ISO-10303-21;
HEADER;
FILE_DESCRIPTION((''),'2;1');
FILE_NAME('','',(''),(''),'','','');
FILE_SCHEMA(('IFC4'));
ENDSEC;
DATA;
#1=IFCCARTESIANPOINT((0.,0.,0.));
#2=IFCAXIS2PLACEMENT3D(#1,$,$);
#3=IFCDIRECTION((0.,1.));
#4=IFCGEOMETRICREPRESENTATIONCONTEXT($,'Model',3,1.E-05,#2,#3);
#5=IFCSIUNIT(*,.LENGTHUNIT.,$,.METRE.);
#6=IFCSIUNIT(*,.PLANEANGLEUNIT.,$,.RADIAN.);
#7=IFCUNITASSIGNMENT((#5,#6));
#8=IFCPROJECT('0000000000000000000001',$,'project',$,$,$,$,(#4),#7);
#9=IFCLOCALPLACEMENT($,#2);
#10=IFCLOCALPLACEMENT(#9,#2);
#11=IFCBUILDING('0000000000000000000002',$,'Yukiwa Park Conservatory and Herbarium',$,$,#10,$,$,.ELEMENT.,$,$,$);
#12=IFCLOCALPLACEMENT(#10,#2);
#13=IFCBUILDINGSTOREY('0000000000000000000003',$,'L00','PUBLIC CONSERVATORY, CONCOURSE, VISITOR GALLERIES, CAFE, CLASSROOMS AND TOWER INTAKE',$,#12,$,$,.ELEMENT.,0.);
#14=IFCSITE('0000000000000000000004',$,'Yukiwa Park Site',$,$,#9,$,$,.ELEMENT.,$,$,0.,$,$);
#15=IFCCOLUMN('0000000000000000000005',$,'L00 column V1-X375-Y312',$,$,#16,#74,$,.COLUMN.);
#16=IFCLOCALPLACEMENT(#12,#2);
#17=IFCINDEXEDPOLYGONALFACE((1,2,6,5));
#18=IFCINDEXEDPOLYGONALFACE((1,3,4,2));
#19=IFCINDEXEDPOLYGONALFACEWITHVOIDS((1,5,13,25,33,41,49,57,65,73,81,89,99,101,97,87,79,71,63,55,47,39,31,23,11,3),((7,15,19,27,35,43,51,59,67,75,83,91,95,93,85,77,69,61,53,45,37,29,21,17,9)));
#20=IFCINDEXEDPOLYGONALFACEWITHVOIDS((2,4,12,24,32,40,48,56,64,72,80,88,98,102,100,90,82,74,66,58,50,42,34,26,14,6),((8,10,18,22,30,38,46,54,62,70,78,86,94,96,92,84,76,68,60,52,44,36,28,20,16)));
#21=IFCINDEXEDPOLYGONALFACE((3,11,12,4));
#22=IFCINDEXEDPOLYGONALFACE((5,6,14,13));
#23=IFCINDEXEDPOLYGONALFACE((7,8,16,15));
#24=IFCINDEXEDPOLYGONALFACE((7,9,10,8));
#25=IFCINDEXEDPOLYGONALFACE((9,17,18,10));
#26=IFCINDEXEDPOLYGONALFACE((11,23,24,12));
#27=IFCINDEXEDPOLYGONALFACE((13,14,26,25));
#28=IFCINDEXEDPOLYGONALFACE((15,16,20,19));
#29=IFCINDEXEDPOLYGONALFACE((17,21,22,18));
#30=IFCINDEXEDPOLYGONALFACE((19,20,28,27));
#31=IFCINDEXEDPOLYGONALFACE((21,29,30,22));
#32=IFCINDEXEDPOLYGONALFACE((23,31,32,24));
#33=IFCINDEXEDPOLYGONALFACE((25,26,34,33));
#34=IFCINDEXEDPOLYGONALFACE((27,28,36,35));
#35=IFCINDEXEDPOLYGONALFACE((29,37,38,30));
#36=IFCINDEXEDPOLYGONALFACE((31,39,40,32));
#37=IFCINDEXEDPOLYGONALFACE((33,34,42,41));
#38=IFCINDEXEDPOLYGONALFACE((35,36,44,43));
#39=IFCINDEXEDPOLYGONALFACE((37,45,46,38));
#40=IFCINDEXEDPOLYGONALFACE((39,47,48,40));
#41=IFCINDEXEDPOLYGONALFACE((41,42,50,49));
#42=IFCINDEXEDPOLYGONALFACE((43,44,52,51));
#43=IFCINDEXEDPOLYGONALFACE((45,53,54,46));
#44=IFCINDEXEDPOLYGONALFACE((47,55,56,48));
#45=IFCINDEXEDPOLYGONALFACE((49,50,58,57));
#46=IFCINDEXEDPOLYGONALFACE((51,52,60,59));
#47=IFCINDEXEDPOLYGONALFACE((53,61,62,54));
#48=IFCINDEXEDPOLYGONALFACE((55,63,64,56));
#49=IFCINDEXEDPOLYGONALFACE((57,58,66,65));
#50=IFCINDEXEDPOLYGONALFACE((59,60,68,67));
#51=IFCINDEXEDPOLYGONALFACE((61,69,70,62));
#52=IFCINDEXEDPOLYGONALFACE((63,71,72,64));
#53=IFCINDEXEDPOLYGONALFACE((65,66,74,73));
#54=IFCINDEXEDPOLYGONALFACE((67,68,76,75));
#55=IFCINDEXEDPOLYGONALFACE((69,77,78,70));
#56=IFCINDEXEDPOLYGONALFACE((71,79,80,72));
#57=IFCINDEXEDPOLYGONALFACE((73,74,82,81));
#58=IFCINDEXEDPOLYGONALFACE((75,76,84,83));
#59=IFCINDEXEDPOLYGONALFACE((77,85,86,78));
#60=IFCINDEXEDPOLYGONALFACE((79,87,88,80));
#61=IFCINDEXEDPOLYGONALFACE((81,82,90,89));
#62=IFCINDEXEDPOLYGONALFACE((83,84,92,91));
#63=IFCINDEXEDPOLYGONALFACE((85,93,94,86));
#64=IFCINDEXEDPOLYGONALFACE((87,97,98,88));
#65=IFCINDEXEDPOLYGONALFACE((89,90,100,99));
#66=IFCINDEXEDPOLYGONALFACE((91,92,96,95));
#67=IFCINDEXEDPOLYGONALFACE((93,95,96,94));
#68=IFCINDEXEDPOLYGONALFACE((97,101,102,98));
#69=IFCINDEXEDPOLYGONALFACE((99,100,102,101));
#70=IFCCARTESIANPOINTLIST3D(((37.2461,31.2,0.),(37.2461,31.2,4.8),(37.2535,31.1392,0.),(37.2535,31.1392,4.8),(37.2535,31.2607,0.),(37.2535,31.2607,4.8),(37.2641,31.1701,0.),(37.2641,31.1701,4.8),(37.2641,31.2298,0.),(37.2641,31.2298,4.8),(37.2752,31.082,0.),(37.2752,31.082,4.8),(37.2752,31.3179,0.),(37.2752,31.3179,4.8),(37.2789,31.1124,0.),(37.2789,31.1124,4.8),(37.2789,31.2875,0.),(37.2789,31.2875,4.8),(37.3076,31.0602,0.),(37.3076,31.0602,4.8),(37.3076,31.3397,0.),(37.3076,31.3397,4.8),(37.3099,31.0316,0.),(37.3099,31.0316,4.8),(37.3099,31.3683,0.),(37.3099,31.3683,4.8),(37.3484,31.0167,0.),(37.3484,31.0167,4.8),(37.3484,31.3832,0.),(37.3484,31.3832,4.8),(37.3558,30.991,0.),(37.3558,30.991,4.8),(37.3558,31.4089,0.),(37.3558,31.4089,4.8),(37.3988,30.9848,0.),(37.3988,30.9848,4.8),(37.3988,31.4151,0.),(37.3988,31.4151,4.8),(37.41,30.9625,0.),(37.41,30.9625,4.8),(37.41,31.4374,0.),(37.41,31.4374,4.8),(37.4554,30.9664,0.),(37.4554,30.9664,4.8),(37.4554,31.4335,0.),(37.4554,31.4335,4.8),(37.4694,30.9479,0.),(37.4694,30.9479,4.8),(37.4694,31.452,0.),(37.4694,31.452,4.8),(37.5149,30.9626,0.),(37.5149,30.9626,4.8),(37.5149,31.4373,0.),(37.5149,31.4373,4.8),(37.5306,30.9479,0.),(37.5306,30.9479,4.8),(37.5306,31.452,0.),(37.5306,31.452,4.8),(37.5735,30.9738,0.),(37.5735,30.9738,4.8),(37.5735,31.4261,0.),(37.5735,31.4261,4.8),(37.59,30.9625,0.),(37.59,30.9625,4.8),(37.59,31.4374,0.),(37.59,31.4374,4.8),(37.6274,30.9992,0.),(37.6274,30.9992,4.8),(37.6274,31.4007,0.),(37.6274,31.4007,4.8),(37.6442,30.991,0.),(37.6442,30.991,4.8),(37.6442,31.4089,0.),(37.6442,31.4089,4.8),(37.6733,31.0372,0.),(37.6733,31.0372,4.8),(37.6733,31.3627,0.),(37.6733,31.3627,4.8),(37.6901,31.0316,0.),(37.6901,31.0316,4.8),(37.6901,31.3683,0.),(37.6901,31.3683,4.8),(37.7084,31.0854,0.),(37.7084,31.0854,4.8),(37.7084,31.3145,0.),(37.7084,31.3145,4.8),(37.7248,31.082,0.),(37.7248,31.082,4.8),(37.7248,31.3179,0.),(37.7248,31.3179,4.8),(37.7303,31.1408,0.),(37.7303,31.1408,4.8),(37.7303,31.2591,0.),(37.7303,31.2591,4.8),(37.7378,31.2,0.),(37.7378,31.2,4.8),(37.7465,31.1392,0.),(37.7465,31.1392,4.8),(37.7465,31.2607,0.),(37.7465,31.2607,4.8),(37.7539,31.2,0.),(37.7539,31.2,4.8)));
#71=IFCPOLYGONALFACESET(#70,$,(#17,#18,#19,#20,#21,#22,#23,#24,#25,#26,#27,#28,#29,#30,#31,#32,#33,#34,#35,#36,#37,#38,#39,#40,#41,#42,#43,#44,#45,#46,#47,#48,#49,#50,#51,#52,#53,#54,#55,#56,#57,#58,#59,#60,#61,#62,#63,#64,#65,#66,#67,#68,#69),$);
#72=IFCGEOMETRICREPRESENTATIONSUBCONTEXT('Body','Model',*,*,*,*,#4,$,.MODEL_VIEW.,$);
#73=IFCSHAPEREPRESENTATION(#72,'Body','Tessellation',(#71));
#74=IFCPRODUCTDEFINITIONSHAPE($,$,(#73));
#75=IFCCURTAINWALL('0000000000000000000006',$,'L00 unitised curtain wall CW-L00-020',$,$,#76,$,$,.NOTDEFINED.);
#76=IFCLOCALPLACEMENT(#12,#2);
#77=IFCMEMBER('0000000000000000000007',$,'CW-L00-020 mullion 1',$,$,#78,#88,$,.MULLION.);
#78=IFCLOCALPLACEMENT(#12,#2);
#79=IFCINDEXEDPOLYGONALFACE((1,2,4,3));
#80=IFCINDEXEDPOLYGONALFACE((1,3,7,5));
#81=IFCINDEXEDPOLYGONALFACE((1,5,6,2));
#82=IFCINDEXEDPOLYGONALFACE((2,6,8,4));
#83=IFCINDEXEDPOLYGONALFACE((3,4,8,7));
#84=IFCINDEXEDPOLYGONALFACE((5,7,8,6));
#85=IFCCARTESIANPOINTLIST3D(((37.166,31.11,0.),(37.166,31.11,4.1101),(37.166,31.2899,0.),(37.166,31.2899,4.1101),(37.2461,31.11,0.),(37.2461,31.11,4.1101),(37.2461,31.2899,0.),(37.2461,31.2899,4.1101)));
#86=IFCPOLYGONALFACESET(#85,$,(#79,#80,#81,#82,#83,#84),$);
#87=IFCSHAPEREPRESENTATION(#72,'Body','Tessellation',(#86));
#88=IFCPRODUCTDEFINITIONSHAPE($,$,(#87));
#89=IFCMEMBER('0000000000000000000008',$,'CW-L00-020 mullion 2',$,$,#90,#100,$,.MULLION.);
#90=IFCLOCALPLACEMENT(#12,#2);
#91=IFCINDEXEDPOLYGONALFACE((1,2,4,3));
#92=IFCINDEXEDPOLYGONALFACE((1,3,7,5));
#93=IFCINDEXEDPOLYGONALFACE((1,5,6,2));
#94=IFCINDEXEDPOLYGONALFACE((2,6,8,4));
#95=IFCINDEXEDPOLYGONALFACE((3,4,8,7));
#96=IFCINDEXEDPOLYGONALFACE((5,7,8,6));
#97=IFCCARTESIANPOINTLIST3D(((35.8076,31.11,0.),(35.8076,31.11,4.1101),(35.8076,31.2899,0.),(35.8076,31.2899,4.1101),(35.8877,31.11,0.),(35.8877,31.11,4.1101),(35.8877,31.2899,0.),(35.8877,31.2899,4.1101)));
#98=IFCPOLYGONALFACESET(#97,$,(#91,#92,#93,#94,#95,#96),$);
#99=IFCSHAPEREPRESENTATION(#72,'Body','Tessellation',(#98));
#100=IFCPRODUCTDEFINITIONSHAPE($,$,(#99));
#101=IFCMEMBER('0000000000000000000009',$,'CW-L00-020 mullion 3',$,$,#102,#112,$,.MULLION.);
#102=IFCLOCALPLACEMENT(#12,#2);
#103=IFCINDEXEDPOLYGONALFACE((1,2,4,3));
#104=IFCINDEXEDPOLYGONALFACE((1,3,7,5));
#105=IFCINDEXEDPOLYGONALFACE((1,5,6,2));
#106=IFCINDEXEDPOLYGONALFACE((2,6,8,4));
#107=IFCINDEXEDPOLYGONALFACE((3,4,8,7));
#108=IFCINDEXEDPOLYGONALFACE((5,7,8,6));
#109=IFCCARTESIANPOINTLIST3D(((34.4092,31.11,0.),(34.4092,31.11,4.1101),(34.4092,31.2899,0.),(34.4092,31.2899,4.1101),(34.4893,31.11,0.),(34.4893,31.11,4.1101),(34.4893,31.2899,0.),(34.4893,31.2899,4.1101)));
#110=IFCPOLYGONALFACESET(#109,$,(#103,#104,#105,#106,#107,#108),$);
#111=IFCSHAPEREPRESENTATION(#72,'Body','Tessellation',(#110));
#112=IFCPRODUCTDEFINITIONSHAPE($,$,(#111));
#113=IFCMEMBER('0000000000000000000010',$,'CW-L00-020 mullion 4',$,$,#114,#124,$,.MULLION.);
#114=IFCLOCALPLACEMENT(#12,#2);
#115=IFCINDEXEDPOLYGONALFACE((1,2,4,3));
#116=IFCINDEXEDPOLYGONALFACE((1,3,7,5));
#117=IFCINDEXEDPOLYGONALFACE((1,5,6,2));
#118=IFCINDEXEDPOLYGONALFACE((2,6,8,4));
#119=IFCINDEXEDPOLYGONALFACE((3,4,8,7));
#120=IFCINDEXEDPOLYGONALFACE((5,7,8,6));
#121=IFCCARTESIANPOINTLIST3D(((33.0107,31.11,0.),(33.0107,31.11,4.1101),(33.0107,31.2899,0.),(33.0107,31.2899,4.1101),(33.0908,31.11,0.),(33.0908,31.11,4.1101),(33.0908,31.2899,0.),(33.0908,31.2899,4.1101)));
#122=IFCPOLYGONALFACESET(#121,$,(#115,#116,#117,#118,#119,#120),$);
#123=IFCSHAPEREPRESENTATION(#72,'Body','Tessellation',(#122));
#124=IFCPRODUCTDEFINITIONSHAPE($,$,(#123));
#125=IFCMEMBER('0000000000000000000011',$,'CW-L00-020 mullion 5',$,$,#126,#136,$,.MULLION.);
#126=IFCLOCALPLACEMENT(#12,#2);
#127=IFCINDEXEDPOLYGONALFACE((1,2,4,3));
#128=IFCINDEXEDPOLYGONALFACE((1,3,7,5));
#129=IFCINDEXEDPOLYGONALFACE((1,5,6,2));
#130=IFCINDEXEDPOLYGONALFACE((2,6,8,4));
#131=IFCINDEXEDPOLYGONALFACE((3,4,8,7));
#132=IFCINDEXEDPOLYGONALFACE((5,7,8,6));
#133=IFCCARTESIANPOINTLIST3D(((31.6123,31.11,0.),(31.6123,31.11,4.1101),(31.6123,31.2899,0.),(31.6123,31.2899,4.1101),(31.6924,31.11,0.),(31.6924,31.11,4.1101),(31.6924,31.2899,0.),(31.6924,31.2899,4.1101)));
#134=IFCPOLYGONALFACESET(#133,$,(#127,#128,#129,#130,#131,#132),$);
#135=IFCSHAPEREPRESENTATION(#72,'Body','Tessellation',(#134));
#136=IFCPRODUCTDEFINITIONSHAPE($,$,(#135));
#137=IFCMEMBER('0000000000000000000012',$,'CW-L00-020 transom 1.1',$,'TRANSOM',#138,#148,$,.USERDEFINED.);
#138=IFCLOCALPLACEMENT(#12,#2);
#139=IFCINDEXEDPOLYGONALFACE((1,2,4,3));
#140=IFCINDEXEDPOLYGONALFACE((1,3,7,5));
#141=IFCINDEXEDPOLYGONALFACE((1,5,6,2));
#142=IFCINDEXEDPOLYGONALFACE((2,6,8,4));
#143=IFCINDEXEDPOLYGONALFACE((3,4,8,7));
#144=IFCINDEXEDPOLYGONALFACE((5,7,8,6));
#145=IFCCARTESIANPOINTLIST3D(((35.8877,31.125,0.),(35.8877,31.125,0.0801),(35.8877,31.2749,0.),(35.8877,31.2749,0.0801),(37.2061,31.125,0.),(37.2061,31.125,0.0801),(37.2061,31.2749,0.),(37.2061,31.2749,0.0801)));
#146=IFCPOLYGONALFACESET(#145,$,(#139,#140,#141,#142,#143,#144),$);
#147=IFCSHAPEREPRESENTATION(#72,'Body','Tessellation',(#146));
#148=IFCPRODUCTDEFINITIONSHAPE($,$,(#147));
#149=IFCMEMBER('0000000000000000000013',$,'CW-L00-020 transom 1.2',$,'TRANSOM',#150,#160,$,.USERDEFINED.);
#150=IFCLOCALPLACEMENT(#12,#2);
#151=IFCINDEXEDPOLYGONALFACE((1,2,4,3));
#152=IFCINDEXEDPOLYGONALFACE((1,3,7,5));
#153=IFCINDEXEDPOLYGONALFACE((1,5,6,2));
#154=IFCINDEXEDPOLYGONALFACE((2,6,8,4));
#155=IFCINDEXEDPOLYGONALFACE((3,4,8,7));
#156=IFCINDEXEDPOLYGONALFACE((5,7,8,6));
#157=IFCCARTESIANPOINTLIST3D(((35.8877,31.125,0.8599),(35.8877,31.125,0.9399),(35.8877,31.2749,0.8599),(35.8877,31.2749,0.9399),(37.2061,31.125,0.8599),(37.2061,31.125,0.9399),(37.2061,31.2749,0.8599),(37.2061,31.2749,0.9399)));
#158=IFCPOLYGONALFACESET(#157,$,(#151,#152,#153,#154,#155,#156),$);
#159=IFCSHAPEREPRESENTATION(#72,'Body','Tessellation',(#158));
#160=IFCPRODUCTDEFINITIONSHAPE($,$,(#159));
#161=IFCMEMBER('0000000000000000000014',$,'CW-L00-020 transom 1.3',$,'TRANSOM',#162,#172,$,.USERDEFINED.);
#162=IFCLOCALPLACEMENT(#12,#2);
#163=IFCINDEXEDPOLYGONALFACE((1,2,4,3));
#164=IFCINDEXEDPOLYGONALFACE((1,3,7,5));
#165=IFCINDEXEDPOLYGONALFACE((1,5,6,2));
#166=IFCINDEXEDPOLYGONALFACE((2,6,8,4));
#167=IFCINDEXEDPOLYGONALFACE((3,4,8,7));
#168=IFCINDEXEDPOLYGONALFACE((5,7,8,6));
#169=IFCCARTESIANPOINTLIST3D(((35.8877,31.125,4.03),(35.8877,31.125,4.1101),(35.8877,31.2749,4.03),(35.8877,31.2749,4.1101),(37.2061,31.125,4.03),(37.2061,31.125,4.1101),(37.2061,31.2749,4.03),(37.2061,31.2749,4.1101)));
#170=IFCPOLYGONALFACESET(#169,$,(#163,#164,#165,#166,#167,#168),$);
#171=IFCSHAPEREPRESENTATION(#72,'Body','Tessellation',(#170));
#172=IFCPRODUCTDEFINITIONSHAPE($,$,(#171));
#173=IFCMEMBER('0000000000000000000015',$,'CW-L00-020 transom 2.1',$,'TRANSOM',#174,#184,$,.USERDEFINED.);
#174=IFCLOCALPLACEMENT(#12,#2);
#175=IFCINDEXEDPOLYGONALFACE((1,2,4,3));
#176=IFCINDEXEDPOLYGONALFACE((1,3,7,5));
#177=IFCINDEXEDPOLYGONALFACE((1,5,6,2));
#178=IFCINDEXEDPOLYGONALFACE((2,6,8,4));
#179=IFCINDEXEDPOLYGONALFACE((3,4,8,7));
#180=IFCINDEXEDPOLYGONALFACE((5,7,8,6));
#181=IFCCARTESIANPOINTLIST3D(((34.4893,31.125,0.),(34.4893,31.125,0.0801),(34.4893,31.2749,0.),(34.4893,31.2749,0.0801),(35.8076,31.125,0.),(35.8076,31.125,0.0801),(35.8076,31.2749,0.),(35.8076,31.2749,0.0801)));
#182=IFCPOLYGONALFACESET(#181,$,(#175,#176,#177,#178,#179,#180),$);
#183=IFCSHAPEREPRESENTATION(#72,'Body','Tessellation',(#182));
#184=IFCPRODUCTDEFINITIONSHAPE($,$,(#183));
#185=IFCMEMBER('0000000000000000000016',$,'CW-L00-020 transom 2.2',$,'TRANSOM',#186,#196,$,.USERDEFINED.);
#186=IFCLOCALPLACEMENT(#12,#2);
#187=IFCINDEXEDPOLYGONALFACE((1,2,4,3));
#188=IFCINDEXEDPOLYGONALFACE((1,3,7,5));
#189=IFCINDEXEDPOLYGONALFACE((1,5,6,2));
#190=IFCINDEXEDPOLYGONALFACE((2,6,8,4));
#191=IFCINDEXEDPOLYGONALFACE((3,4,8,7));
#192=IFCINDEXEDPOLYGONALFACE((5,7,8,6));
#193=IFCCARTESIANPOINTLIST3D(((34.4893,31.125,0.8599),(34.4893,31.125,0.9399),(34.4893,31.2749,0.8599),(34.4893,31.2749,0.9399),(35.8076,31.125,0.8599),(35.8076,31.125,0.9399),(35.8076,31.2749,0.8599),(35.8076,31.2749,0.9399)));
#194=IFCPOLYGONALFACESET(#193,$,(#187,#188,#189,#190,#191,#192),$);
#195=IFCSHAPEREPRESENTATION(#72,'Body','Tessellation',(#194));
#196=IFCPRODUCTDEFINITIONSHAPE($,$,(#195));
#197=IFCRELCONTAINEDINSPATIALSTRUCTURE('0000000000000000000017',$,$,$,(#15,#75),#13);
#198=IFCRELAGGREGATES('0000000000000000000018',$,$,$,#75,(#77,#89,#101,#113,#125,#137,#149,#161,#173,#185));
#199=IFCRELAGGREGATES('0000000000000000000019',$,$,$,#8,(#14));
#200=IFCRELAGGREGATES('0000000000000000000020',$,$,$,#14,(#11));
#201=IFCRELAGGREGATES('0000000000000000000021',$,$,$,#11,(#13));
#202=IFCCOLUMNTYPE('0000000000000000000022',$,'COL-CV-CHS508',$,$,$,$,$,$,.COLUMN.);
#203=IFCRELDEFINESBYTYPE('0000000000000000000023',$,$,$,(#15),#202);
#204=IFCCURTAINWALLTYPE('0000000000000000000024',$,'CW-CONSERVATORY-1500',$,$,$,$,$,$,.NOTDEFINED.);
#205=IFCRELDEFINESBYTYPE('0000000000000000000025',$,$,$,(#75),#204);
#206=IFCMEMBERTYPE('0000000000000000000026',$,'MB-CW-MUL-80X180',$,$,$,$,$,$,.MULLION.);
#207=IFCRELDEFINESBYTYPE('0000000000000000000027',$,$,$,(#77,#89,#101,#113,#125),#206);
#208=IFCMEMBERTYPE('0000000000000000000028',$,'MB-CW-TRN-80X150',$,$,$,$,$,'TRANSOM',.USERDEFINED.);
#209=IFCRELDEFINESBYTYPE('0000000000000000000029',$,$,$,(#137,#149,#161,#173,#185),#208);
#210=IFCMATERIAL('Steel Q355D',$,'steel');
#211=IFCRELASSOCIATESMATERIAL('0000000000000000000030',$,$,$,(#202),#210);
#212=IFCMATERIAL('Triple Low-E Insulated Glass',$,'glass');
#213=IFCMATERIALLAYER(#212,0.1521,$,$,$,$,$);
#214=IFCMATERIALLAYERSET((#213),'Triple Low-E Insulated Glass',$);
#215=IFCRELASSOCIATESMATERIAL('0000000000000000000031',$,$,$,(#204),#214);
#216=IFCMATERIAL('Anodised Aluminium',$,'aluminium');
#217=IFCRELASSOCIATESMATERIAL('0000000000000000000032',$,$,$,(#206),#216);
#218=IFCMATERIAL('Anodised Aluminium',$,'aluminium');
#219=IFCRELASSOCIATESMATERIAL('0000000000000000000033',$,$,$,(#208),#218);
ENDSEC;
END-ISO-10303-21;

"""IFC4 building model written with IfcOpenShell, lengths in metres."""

from ifc_helpers import new_model, si_unit, direction, frame, origin, origin_2d, place, context, subcontext, project, spatial, rectangle, hollow_circle, extrude, material, layer, layer_set, material_profile, profile_set, type_object, element, aggregate, save


model = new_model("IFC4")

# Units and contexts
model_context = context("Model", 3, precision=1e-05, world=origin(), true_north=direction((0.0, 1.0)))
body_context = subcontext(model_context, "Body", "Model", "MODEL_VIEW")
ifc_project = project(units=[si_unit("LENGTHUNIT", "METRE"), si_unit("PLANEANGLEUNIT", "RADIAN")], contexts=[model_context])

# Site, building, storey
site_placement = place(None, origin())
site = spatial("IfcSite", under=ifc_project, at=site_placement, Name="Yukiwa Park Site", CompositionType="ELEMENT", RefElevation=0.0)
building_placement = place(site_placement, origin())
building = spatial("IfcBuilding", under=site, at=building_placement, Name="Yukiwa Park Conservatory and Herbarium", CompositionType="ELEMENT")
storey_placement = place(building_placement, origin())
storey = spatial("IfcBuildingStorey", under=building, at=storey_placement, Name="L00", Description="PUBLIC CONSERVATORY, CONCOURSE, VISITOR GALLERIES, CAFE, CLASSROOMS AND TOWER INTAKE", CompositionType="ELEMENT", Elevation=0.0)

# Column
ifc_material_1 = material(Name="Steel Q355D", Category="steel")
ifc_material_profile = material_profile(ifc_material_1, hollow_circle(Radius=0.2539, WallThickness=0.0161, at=origin_2d()), Name="CHS 508x16")
ifc_profile_set = profile_set([ifc_material_profile], Name="Steel Q355D")
column_type = type_object("IfcColumnType", Name="COL-CV-CHS508", PredefinedType="COLUMN", material=ifc_profile_set)
column_placement = place(storey_placement, frame((37.5, 31.2, 0.0), z_axis=(0.0, 0.0, 1.0), x_axis=(1.0, 0.0, 0.0)))
element("IfcColumn", 1, at=column_placement, inside=storey, type_object=column_type, Name="L00 column V1-X375-Y312", PredefinedType="COLUMN", context=body_context, shape_type="SweptSolid", body=[
    extrude(hollow_circle(Radius=0.2539, WallThickness=0.0161, at=origin_2d()), origin(), (0.0, 0.0, 1.0), 4.8),
])

# Curtain wall, members
ifc_material_2 = material(Name="Triple Low-E Insulated Glass", Category="glass")
ifc_layer_1 = layer(ifc_material_2, 0.1521)
ifc_layer_set_1 = layer_set([ifc_layer_1], Name="Triple Low-E Insulated Glass")
curtain_wall_type = type_object("IfcCurtainWallType", Name="CW-CONSERVATORY-1500", PredefinedType="NOTDEFINED", material=ifc_layer_set_1)
curtain_wall_placement = place(storey_placement, origin())
curtain_wall = element("IfcCurtainWall", 2, at=curtain_wall_placement, inside=storey, type_object=curtain_wall_type, Name="L00 unitised curtain wall CW-L00-020", PredefinedType="NOTDEFINED")
ifc_material_3 = material(Name="Anodised Aluminium", Category="aluminium")
member_type_1 = type_object("IfcMemberType", Name="MB-CW-MUL-80X180", PredefinedType="MULLION", material=ifc_material_3)
member_1_placement = place(storey_placement, frame((37.2061, 31.2, 0.0), z_axis=(0.0, 0.0, 1.0), x_axis=(-1.0, 0.0, 0.0)))
member_1 = element("IfcMember", 3, at=member_1_placement, type_object=member_type_1, Name="CW-L00-020 mullion 1", PredefinedType="MULLION", context=body_context, shape_type="SweptSolid", body=[
    extrude(rectangle(XDim=0.0801, YDim=0.1799, at=origin_2d()), origin(), (0.0, 0.0, 1.0), 4.1101),
])
member_2_placement = place(storey_placement, frame((35.8477, 31.2, 0.0), z_axis=(0.0, 0.0, 1.0), x_axis=(-1.0, 0.0, 0.0)))
member_2 = element("IfcMember", 4, at=member_2_placement, type_object=member_type_1, Name="CW-L00-020 mullion 2", PredefinedType="MULLION", context=body_context, shape_type="SweptSolid", body=[
    extrude(rectangle(XDim=0.0801, YDim=0.1799, at=origin_2d()), origin(), (0.0, 0.0, 1.0), 4.1101),
])
member_3_placement = place(storey_placement, frame((34.4492, 31.2, 0.0), z_axis=(0.0, 0.0, 1.0), x_axis=(-1.0, 0.0, 0.0)))
member_3 = element("IfcMember", 5, at=member_3_placement, type_object=member_type_1, Name="CW-L00-020 mullion 3", PredefinedType="MULLION", context=body_context, shape_type="SweptSolid", body=[
    extrude(rectangle(XDim=0.0801, YDim=0.1799, at=origin_2d()), origin(), (0.0, 0.0, 1.0), 4.1101),
])
member_4_placement = place(storey_placement, frame((33.0508, 31.2, 0.0), z_axis=(0.0, 0.0, 1.0), x_axis=(-1.0, 0.0, 0.0)))
member_4 = element("IfcMember", 6, at=member_4_placement, type_object=member_type_1, Name="CW-L00-020 mullion 4", PredefinedType="MULLION", context=body_context, shape_type="SweptSolid", body=[
    extrude(rectangle(XDim=0.0801, YDim=0.1799, at=origin_2d()), origin(), (0.0, 0.0, 1.0), 4.1101),
])
member_5_placement = place(storey_placement, frame((31.6523, 31.2, 0.0), z_axis=(0.0, 0.0, 1.0), x_axis=(-1.0, 0.0, 0.0)))
member_5 = element("IfcMember", 7, at=member_5_placement, type_object=member_type_1, Name="CW-L00-020 mullion 5", PredefinedType="MULLION", context=body_context, shape_type="SweptSolid", body=[
    extrude(rectangle(XDim=0.0801, YDim=0.1799, at=origin_2d()), origin(), (0.0, 0.0, 1.0), 4.1101),
])
ifc_material_4 = material(Name="Anodised Aluminium", Category="aluminium")
member_type_2 = type_object("IfcMemberType", Name="MB-CW-TRN-80X150", ElementType="TRANSOM", PredefinedType="USERDEFINED", material=ifc_material_4)
member_6_placement = place(storey_placement, frame((36.5469, 31.2, 0.0), z_axis=(0.0, 0.0, 1.0), x_axis=(-1.0, 0.0, 0.0)))
member_6 = element("IfcMember", 8, at=member_6_placement, type_object=member_type_2, Name="CW-L00-020 transom 1.1", ObjectType="TRANSOM", PredefinedType="USERDEFINED", context=body_context, shape_type="SweptSolid", body=[
    extrude(rectangle(XDim=1.3184, YDim=0.1499, at=origin_2d()), origin(), (0.0, 0.0, 1.0), 0.0801),
])
member_7_placement = place(storey_placement, frame((36.5469, 31.2, 0.8599), z_axis=(0.0, 0.0, 1.0), x_axis=(-1.0, 0.0, 0.0)))
member_7 = element("IfcMember", 9, at=member_7_placement, type_object=member_type_2, Name="CW-L00-020 transom 1.2", ObjectType="TRANSOM", PredefinedType="USERDEFINED", context=body_context, shape_type="SweptSolid", body=[
    extrude(rectangle(XDim=1.3184, YDim=0.1499, at=origin_2d()), origin(), (0.0, 0.0, 1.0), 0.0801),
])
member_8_placement = place(storey_placement, frame((36.5469, 31.2, 4.03), z_axis=(0.0, 0.0, 1.0), x_axis=(-1.0, 0.0, 0.0)))
member_8 = element("IfcMember", 10, at=member_8_placement, type_object=member_type_2, Name="CW-L00-020 transom 1.3", ObjectType="TRANSOM", PredefinedType="USERDEFINED", context=body_context, shape_type="SweptSolid", body=[
    extrude(rectangle(XDim=1.3184, YDim=0.1499, at=origin_2d()), origin(), (0.0, 0.0, 1.0), 0.0801),
])
member_9_placement = place(storey_placement, frame((35.1484, 31.2, 0.0), z_axis=(0.0, 0.0, 1.0), x_axis=(-1.0, 0.0, 0.0)))
member_9 = element("IfcMember", 11, at=member_9_placement, type_object=member_type_2, Name="CW-L00-020 transom 2.1", ObjectType="TRANSOM", PredefinedType="USERDEFINED", context=body_context, shape_type="SweptSolid", body=[
    extrude(rectangle(XDim=1.3184, YDim=0.1499, at=origin_2d()), origin(), (0.0, 0.0, 1.0), 0.0801),
])
member_10_placement = place(storey_placement, frame((35.1484, 31.2, 0.8599), z_axis=(0.0, 0.0, 1.0), x_axis=(-1.0, 0.0, 0.0)))
member_10 = element("IfcMember", 12, at=member_10_placement, type_object=member_type_2, Name="CW-L00-020 transom 2.2", ObjectType="TRANSOM", PredefinedType="USERDEFINED", context=body_context, shape_type="SweptSolid", body=[
    extrude(rectangle(XDim=1.3184, YDim=0.1499, at=origin_2d()), origin(), (0.0, 0.0, 1.0), 0.0801),
])
aggregate(curtain_wall, [member_1, member_2, member_3, member_4, member_5, member_6, member_7, member_8, member_9, member_10])

save(model, "model.ifc")
